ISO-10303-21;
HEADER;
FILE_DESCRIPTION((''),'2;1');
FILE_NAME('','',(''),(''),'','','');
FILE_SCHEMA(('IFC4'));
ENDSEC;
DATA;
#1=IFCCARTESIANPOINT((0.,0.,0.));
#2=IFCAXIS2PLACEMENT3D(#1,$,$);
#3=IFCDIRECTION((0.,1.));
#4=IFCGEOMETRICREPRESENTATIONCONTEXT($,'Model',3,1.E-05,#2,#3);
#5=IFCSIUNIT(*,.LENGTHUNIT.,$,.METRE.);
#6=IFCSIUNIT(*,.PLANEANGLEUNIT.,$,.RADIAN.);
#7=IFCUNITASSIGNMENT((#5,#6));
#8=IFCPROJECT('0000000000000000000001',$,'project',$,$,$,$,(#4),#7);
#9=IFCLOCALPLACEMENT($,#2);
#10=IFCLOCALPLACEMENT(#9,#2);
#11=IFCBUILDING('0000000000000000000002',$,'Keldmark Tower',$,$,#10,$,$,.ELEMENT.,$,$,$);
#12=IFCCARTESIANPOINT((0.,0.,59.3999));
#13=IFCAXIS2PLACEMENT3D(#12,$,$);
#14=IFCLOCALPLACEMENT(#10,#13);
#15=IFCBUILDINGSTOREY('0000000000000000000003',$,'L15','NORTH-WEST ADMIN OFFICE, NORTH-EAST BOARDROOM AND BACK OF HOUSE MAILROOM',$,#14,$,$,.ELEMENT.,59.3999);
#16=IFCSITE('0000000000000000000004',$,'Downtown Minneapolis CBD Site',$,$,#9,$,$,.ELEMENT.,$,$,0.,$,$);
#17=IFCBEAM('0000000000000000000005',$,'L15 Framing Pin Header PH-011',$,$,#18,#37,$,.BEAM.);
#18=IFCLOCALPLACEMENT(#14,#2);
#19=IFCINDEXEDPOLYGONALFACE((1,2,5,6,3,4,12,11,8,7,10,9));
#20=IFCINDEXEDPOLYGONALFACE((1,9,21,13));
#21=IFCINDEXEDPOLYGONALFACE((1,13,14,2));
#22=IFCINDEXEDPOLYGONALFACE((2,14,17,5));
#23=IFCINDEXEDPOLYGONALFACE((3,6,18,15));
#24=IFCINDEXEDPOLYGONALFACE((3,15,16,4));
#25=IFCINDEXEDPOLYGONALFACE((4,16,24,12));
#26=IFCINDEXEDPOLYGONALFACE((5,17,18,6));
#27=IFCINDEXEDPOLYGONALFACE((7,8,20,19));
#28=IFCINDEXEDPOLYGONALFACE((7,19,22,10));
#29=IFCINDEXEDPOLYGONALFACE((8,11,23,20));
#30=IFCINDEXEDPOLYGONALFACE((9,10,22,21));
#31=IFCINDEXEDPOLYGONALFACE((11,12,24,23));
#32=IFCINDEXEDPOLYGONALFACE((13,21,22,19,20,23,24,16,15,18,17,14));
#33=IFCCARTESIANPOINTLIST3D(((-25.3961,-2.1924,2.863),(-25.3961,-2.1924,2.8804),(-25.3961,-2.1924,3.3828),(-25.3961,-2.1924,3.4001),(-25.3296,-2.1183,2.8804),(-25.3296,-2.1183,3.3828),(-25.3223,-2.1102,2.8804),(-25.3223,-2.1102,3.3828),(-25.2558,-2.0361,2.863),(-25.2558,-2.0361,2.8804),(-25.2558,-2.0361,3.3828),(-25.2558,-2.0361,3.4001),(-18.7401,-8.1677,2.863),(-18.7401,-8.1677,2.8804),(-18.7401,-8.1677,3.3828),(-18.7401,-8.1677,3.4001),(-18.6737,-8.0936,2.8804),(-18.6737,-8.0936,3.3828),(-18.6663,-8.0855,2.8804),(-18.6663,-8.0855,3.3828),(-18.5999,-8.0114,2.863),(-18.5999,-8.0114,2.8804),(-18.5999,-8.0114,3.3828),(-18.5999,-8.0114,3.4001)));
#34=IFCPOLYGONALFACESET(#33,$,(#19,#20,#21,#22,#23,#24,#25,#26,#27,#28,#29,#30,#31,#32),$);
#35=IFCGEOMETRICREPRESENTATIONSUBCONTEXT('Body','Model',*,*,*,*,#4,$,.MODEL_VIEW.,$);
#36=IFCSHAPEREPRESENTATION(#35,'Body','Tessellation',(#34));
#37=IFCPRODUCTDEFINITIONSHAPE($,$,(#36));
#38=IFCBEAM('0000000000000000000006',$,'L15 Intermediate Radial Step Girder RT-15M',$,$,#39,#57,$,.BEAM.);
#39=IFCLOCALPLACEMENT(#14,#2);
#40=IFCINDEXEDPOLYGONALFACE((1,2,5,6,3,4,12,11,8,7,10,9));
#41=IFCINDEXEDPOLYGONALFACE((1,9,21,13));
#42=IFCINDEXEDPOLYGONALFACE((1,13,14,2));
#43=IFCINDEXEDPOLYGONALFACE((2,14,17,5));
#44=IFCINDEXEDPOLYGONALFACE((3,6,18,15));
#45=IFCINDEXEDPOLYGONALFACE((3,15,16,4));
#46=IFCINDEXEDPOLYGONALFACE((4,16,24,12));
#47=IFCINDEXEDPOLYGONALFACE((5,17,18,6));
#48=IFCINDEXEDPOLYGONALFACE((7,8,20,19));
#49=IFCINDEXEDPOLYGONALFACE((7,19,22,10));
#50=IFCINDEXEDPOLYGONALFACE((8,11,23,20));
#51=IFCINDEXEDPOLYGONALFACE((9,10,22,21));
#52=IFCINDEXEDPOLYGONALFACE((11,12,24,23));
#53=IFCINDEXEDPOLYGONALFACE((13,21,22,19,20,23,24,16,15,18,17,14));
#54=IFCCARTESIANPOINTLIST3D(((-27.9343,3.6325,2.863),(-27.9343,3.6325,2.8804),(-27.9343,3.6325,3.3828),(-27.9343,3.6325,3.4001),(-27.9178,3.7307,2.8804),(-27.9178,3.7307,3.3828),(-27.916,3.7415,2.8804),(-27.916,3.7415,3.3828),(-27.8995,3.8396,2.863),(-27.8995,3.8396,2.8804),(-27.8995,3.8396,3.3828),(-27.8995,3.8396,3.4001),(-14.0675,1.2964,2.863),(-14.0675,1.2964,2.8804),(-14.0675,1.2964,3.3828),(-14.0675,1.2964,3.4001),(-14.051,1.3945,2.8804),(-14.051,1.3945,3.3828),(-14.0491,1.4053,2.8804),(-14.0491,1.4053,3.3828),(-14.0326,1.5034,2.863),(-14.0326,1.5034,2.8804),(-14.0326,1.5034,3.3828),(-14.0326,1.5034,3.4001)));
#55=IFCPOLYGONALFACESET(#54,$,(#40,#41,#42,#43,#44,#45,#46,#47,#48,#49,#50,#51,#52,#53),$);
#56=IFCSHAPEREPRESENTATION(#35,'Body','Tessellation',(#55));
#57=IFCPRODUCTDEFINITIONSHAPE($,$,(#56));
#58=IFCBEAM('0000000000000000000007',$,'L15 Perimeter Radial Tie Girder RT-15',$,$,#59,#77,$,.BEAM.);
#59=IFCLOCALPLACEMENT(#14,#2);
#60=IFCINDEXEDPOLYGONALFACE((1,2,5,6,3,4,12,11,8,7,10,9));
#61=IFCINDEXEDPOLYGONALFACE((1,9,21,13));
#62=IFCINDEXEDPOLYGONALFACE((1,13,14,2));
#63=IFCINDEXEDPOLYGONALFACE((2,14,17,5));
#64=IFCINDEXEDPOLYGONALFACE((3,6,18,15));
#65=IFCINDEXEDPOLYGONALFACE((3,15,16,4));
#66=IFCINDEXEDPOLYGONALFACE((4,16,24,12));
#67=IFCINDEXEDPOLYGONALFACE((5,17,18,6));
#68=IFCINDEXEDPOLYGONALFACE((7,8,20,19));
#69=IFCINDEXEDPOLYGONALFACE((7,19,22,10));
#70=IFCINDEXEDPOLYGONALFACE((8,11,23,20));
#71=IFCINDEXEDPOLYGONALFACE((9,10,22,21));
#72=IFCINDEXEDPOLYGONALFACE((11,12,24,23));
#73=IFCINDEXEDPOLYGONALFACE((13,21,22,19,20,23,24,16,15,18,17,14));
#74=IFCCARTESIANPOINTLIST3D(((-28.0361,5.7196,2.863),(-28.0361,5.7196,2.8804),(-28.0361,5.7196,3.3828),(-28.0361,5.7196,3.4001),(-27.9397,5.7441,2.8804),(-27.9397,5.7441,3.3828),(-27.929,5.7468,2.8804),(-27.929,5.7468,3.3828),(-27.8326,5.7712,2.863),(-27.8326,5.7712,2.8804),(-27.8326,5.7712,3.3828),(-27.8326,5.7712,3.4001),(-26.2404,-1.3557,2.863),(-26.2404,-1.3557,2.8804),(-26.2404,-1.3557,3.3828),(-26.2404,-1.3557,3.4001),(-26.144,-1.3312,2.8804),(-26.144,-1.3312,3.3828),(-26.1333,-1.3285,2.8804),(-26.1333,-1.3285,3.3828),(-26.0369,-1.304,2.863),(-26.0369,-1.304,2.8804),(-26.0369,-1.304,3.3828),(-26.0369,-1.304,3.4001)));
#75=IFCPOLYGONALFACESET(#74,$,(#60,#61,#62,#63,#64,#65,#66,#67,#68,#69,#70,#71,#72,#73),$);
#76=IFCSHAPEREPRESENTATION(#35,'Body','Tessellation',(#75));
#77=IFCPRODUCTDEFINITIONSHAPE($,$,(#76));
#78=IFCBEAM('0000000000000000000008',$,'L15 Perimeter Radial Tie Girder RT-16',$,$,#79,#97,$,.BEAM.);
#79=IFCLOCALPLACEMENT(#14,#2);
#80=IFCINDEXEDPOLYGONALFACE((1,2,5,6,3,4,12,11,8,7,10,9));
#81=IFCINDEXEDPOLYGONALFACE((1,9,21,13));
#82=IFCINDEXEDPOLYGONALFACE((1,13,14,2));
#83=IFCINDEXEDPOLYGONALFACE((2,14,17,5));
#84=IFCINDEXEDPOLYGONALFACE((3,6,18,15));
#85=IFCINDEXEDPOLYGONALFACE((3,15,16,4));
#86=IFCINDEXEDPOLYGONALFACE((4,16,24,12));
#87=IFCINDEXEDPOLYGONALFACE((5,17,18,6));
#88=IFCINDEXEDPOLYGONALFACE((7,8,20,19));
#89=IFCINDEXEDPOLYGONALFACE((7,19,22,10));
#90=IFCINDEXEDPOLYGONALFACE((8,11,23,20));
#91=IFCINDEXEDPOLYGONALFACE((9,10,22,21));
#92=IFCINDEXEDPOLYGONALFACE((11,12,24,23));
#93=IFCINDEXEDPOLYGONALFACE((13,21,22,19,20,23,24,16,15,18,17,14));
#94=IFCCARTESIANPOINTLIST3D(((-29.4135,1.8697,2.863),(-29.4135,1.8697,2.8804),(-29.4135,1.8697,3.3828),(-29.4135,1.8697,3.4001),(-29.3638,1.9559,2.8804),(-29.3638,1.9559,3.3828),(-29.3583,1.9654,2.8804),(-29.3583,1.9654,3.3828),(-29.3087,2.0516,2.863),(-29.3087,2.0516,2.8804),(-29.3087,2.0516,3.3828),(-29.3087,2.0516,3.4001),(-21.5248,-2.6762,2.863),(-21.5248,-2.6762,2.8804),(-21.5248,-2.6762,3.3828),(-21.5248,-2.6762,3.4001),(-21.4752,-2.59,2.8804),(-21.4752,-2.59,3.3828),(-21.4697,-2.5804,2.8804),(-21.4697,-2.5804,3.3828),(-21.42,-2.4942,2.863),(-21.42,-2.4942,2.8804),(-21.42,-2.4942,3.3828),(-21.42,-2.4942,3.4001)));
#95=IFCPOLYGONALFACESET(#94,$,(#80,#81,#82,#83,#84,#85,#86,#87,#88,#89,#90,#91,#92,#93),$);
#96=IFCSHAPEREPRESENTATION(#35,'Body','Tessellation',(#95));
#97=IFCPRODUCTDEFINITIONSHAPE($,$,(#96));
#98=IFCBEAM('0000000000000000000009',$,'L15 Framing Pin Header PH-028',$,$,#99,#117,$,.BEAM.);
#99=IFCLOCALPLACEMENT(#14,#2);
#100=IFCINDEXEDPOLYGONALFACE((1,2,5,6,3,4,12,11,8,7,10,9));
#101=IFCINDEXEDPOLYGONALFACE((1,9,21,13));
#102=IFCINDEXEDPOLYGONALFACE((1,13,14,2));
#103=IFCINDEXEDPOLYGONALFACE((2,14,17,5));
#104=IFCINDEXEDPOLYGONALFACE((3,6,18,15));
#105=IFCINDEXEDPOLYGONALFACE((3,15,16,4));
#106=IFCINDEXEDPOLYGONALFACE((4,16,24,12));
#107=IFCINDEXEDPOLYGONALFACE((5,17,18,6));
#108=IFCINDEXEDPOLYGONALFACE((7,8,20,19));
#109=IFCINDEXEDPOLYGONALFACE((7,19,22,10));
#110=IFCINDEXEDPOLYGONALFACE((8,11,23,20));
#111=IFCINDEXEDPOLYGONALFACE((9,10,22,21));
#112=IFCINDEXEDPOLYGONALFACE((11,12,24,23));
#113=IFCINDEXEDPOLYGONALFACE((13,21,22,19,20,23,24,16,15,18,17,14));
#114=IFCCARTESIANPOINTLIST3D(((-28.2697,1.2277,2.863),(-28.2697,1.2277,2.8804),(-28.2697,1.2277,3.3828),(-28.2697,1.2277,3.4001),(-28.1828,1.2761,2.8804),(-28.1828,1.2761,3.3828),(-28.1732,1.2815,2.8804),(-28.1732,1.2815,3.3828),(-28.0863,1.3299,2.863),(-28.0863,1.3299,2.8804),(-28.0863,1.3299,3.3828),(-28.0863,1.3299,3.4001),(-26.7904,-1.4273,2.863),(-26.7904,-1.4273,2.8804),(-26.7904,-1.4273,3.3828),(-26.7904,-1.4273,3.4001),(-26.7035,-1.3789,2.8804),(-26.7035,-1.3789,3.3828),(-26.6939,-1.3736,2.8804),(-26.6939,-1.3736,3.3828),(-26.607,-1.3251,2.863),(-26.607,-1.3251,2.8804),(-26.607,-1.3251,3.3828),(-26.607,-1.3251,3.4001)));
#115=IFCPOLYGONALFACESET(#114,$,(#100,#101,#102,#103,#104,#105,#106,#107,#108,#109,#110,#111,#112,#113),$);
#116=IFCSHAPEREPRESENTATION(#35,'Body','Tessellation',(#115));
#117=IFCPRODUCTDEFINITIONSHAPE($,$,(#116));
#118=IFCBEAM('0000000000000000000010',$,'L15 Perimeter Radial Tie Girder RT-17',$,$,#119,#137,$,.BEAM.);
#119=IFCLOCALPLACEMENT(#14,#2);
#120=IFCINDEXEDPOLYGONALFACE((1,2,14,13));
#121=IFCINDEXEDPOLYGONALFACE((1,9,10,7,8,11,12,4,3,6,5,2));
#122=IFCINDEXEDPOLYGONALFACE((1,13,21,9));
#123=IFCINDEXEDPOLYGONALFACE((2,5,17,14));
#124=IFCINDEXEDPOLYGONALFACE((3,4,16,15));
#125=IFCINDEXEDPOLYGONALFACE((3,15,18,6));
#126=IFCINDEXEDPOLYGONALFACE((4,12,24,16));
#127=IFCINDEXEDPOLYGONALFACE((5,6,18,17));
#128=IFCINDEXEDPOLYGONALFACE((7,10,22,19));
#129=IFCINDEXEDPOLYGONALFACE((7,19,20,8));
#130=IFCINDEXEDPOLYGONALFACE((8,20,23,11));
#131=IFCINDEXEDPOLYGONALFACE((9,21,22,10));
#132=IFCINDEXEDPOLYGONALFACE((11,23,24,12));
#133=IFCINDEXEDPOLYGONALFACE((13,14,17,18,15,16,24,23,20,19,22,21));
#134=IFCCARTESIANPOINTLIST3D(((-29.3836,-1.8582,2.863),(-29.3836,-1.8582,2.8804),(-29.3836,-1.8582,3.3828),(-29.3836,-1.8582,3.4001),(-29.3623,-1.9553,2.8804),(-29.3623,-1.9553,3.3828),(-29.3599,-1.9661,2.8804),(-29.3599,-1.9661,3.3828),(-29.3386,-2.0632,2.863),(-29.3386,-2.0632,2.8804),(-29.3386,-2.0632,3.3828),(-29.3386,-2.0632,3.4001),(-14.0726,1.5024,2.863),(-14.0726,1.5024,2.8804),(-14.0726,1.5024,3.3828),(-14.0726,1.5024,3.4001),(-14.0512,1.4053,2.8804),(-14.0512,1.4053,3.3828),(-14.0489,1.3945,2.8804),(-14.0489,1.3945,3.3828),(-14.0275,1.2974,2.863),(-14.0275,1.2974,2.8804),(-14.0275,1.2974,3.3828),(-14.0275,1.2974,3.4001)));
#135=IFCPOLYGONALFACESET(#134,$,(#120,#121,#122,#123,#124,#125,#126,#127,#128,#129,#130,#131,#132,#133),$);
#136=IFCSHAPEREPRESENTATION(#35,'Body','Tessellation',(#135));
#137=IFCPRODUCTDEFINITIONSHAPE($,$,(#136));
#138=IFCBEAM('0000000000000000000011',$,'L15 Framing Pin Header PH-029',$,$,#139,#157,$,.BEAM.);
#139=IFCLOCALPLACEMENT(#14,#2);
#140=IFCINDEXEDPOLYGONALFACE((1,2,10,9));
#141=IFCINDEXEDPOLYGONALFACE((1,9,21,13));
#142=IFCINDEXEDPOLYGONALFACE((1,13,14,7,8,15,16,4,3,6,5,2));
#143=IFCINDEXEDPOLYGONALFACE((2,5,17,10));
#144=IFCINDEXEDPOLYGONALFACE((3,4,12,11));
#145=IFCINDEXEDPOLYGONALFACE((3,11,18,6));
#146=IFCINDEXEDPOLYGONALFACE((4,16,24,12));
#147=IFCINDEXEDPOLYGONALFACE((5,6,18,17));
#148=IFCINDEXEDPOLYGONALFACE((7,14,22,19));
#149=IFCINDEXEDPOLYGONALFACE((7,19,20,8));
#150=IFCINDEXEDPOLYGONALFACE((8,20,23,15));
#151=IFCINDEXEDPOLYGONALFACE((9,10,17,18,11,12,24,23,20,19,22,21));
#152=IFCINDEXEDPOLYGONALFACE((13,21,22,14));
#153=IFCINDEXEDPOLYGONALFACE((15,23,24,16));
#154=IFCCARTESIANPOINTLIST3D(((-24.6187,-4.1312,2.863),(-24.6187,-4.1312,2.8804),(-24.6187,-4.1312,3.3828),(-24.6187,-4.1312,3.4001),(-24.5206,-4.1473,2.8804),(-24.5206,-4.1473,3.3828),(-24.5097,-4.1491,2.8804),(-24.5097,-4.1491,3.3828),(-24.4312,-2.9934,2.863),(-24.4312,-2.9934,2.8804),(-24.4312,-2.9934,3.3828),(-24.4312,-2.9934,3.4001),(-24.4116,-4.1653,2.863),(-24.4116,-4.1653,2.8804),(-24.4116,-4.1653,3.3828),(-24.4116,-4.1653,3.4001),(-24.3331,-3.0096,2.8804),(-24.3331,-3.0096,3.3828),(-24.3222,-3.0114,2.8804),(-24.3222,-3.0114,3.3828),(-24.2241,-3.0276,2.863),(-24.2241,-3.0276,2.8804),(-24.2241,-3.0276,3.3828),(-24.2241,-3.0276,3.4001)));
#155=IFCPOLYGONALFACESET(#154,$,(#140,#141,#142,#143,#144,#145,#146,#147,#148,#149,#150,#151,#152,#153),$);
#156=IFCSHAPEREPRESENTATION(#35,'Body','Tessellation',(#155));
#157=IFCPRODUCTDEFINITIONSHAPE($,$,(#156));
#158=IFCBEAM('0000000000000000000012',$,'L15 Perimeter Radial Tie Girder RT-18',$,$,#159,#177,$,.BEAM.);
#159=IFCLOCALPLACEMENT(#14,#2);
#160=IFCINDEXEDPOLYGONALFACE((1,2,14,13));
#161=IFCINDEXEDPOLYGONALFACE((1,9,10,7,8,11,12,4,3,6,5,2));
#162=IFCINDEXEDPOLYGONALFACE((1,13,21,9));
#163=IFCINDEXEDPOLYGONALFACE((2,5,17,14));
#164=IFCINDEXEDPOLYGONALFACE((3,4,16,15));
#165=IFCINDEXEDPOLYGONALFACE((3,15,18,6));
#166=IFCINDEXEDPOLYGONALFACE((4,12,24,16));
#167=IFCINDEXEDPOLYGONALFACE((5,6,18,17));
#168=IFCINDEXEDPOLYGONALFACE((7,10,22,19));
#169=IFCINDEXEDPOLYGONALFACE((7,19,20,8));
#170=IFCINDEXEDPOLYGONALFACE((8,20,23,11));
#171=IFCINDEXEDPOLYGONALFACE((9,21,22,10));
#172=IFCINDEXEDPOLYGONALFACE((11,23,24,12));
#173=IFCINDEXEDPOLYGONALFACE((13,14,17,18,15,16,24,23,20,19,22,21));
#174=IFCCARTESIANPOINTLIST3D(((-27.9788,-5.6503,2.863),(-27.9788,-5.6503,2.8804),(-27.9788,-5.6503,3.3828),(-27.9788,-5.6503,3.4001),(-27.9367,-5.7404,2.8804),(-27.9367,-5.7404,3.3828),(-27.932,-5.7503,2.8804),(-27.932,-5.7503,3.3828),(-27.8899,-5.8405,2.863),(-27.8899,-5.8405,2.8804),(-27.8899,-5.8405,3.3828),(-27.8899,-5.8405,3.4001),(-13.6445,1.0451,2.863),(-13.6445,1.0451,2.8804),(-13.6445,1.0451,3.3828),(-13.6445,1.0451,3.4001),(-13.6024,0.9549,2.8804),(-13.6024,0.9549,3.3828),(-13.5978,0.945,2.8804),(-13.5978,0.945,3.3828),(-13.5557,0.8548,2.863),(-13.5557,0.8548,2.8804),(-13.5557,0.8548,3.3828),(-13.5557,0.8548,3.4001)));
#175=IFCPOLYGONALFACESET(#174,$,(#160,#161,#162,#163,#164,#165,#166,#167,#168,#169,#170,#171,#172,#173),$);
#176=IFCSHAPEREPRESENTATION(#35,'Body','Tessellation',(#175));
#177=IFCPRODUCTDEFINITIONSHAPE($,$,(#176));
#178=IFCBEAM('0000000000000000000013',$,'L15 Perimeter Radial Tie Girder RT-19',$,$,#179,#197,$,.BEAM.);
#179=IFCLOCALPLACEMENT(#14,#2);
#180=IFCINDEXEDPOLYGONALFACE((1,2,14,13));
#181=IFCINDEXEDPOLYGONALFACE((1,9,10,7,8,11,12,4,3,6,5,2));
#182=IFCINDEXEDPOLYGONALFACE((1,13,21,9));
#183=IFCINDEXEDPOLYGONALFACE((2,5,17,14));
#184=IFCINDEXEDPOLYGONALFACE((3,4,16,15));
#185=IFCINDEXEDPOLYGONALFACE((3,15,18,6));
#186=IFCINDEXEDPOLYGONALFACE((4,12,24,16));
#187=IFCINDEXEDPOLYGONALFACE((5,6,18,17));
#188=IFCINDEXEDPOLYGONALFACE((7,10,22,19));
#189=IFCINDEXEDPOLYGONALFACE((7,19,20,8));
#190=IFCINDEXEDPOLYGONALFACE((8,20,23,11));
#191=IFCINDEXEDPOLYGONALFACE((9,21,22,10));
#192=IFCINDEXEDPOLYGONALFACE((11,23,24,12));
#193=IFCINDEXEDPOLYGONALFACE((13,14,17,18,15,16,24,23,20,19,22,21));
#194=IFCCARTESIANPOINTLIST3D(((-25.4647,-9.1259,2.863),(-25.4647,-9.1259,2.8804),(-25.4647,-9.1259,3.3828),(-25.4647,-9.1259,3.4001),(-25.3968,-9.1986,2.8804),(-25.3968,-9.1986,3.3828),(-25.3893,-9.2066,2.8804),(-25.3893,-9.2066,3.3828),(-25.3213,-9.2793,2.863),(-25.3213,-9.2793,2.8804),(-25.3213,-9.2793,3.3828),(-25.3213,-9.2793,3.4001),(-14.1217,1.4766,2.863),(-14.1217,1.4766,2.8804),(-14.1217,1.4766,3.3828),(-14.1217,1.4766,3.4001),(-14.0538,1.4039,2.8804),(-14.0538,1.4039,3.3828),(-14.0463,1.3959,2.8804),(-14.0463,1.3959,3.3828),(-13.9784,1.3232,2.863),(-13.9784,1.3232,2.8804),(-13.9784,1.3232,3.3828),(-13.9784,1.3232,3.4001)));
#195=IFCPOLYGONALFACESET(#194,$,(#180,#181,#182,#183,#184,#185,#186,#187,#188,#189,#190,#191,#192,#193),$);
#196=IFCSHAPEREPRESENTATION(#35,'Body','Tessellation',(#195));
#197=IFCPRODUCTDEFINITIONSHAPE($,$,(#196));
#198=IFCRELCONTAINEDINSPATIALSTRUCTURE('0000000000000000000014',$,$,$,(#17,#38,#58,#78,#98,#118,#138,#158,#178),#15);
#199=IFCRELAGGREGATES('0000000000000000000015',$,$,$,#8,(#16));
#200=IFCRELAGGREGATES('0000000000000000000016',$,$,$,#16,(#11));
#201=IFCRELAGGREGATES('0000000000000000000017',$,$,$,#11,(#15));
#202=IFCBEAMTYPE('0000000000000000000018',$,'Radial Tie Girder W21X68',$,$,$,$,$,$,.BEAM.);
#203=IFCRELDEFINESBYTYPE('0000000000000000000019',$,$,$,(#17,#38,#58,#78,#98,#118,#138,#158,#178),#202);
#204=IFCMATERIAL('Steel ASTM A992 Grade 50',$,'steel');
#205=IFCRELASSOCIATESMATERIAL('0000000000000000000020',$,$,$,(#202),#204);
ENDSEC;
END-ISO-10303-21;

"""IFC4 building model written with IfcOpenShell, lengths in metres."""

from ifc_helpers import new_model, si_unit, direction, frame, origin, origin_2d, place, context, subcontext, project, spatial, i_section, extrude, material, material_profile, profile_set, type_object, element, save


model = new_model("IFC4")

# Units and contexts
model_context = context("Model", 3, precision=1e-05, world=origin(), true_north=direction((0.0, 1.0)))
body_context = subcontext(model_context, "Body", "Model", "MODEL_VIEW")
ifc_project = project(units=[si_unit("LENGTHUNIT", "METRE"), si_unit("PLANEANGLEUNIT", "RADIAN")], contexts=[model_context])

# Site, building, storey
site_placement = place(None, origin())
site = spatial("IfcSite", under=ifc_project, at=site_placement, Name="Downtown Minneapolis CBD Site", CompositionType="ELEMENT", RefElevation=0.0)
building_placement = place(site_placement, origin())
building = spatial("IfcBuilding", under=site, at=building_placement, Name="Keldmark Tower", CompositionType="ELEMENT")
storey_placement = place(building_placement, frame((0.0, 0.0, 59.3999)))
storey = spatial("IfcBuildingStorey", under=building, at=storey_placement, Name="L15", Description="NORTH-WEST ADMIN OFFICE, NORTH-EAST BOARDROOM AND BACK OF HOUSE MAILROOM", CompositionType="ELEMENT", Elevation=59.3999)

# Beams
ifc_material_1 = material(Name="Steel ASTM A992 Grade 50", Category="steel")
ifc_material_profile_1 = material_profile(ifc_material_1, i_section(OverallWidth=0.21, OverallDepth=0.5371, WebThickness=0.011, FlangeThickness=0.0173, at=origin_2d()), Name="W21X68")
ifc_profile_set_1 = profile_set([ifc_material_profile_1], Name="Steel ASTM A992 Grade 50")
beam_type_1 = type_object("IfcBeamType", Name="Radial Tie Girder W21X68", PredefinedType="BEAM", material=ifc_profile_set_1)
beam_1_placement = place(storey_placement, frame((-25.3259, -2.1143, 3.1316), z_axis=(0.744131, -0.668034, 0.0), x_axis=(0.668034, 0.744131, 0.0)))
element("IfcBeam", 1, at=beam_1_placement, inside=storey, type_object=beam_type_1, Name="L15 Framing Pin Header PH-011", PredefinedType="BEAM", context=body_context, shape_type="SweptSolid", body=[
    extrude(i_section(OverallWidth=0.21, OverallDepth=0.5371, WebThickness=0.011, FlangeThickness=0.0173, at=origin_2d()), origin(), (0.0, 0.0, 1.0), 8.9446),
])
beam_2_placement = place(storey_placement, frame((-14.05, 1.3999, 3.1316), z_axis=(-0.986104, 0.16613, 0.0), x_axis=(-0.16613, -0.986104, 0.0)))
element("IfcBeam", 2, at=beam_2_placement, inside=storey, type_object=beam_type_1, Name="L15 Intermediate Radial Step Girder RT-15M", PredefinedType="BEAM", context=body_context, shape_type="SweptSolid", body=[
    extrude(i_section(OverallWidth=0.21, OverallDepth=0.5371, WebThickness=0.011, FlangeThickness=0.0173, at=origin_2d()), origin(), (0.0, 0.0, 1.0), 14.0623),
])
beam_3_placement = place(storey_placement, frame((-26.1387, -1.3298, 3.1316), z_axis=(-0.245997, 0.969271, 0.0), x_axis=(-0.969271, -0.245997, 0.0)))
element("IfcBeam", 3, at=beam_3_placement, inside=storey, type_object=beam_type_1, Name="L15 Perimeter Radial Tie Girder RT-15", PredefinedType="BEAM", context=body_context, shape_type="SweptSolid", body=[
    extrude(i_section(OverallWidth=0.21, OverallDepth=0.5371, WebThickness=0.011, FlangeThickness=0.0173, at=origin_2d()), origin(), (0.0, 0.0, 1.0), 7.2996),
])
beam_4_placement = place(storey_placement, frame((-21.4724, -2.5852, 3.1316), z_axis=(-0.866435, 0.499289, 0.0), x_axis=(-0.499289, -0.866435, 0.0)))
element("IfcBeam", 4, at=beam_4_placement, inside=storey, type_object=beam_type_1, Name="L15 Perimeter Radial Tie Girder RT-16", PredefinedType="BEAM", context=body_context, shape_type="SweptSolid", body=[
    extrude(i_section(OverallWidth=0.21, OverallDepth=0.5371, WebThickness=0.011, FlangeThickness=0.0173, at=origin_2d()), origin(), (0.0, 0.0, 1.0), 9.1047),
])
beam_5_placement = place(storey_placement, frame((-28.178, 1.2788, 3.1316), z_axis=(0.486707, -0.873566, 0.0), x_axis=(0.873566, 0.486707, 0.0)))
element("IfcBeam", 5, at=beam_5_placement, inside=storey, type_object=beam_type_1, Name="L15 Framing Pin Header PH-028", PredefinedType="BEAM", context=body_context, shape_type="SweptSolid", body=[
    extrude(i_section(OverallWidth=0.21, OverallDepth=0.5371, WebThickness=0.011, FlangeThickness=0.0173, at=origin_2d()), origin(), (0.0, 0.0, 1.0), 3.0393),
])
beam_6_placement = place(storey_placement, frame((-14.05, 1.3999, 3.1316), z_axis=(-0.976749, -0.214385, 0.0), x_axis=(0.214385, -0.976749, 0.0)))
element("IfcBeam", 6, at=beam_6_placement, inside=storey, type_object=beam_type_1, Name="L15 Perimeter Radial Tie Girder RT-17", PredefinedType="BEAM", context=body_context, shape_type="SweptSolid", body=[
    extrude(i_section(OverallWidth=0.21, OverallDepth=0.5371, WebThickness=0.011, FlangeThickness=0.0173, at=origin_2d()), origin(), (0.0, 0.0, 1.0), 15.6755),
])
beam_7_placement = place(storey_placement, frame((-24.3276, -3.0105, 3.1316), z_axis=(-0.162613, -0.98669, 0.0), x_axis=(0.98669, -0.162613, 0.0)))
element("IfcBeam", 7, at=beam_7_placement, inside=storey, type_object=beam_type_1, Name="L15 Framing Pin Header PH-029", PredefinedType="BEAM", context=body_context, shape_type="SweptSolid", body=[
    extrude(i_section(OverallWidth=0.21, OverallDepth=0.5371, WebThickness=0.011, FlangeThickness=0.0173, at=origin_2d()), origin(), (0.0, 0.0, 1.0), 1.1531),
])
beam_8_placement = place(storey_placement, frame((-13.6001, 0.95, 3.1316), z_axis=(-0.906038, -0.423197, 0.0), x_axis=(0.423197, -0.906038, 0.0)))
element("IfcBeam", 8, at=beam_8_placement, inside=storey, type_object=beam_type_1, Name="L15 Perimeter Radial Tie Girder RT-18", PredefinedType="BEAM", context=body_context, shape_type="SweptSolid", body=[
    extrude(i_section(OverallWidth=0.21, OverallDepth=0.5371, WebThickness=0.011, FlangeThickness=0.0173, at=origin_2d()), origin(), (0.0, 0.0, 1.0), 15.8208),
])
beam_9_placement = place(storey_placement, frame((-14.05, 1.3999, 3.1316), z_axis=(-0.73055, -0.682859, 0.0), x_axis=(0.682859, -0.73055, 0.0)))
element("IfcBeam", 9, at=beam_9_placement, inside=storey, type_object=beam_type_1, Name="L15 Perimeter Radial Tie Girder RT-19", PredefinedType="BEAM", context=body_context, shape_type="SweptSolid", body=[
    extrude(i_section(OverallWidth=0.21, OverallDepth=0.5371, WebThickness=0.011, FlangeThickness=0.0173, at=origin_2d()), origin(), (0.0, 0.0, 1.0), 15.5266),
])

save(model, "model.ifc")
